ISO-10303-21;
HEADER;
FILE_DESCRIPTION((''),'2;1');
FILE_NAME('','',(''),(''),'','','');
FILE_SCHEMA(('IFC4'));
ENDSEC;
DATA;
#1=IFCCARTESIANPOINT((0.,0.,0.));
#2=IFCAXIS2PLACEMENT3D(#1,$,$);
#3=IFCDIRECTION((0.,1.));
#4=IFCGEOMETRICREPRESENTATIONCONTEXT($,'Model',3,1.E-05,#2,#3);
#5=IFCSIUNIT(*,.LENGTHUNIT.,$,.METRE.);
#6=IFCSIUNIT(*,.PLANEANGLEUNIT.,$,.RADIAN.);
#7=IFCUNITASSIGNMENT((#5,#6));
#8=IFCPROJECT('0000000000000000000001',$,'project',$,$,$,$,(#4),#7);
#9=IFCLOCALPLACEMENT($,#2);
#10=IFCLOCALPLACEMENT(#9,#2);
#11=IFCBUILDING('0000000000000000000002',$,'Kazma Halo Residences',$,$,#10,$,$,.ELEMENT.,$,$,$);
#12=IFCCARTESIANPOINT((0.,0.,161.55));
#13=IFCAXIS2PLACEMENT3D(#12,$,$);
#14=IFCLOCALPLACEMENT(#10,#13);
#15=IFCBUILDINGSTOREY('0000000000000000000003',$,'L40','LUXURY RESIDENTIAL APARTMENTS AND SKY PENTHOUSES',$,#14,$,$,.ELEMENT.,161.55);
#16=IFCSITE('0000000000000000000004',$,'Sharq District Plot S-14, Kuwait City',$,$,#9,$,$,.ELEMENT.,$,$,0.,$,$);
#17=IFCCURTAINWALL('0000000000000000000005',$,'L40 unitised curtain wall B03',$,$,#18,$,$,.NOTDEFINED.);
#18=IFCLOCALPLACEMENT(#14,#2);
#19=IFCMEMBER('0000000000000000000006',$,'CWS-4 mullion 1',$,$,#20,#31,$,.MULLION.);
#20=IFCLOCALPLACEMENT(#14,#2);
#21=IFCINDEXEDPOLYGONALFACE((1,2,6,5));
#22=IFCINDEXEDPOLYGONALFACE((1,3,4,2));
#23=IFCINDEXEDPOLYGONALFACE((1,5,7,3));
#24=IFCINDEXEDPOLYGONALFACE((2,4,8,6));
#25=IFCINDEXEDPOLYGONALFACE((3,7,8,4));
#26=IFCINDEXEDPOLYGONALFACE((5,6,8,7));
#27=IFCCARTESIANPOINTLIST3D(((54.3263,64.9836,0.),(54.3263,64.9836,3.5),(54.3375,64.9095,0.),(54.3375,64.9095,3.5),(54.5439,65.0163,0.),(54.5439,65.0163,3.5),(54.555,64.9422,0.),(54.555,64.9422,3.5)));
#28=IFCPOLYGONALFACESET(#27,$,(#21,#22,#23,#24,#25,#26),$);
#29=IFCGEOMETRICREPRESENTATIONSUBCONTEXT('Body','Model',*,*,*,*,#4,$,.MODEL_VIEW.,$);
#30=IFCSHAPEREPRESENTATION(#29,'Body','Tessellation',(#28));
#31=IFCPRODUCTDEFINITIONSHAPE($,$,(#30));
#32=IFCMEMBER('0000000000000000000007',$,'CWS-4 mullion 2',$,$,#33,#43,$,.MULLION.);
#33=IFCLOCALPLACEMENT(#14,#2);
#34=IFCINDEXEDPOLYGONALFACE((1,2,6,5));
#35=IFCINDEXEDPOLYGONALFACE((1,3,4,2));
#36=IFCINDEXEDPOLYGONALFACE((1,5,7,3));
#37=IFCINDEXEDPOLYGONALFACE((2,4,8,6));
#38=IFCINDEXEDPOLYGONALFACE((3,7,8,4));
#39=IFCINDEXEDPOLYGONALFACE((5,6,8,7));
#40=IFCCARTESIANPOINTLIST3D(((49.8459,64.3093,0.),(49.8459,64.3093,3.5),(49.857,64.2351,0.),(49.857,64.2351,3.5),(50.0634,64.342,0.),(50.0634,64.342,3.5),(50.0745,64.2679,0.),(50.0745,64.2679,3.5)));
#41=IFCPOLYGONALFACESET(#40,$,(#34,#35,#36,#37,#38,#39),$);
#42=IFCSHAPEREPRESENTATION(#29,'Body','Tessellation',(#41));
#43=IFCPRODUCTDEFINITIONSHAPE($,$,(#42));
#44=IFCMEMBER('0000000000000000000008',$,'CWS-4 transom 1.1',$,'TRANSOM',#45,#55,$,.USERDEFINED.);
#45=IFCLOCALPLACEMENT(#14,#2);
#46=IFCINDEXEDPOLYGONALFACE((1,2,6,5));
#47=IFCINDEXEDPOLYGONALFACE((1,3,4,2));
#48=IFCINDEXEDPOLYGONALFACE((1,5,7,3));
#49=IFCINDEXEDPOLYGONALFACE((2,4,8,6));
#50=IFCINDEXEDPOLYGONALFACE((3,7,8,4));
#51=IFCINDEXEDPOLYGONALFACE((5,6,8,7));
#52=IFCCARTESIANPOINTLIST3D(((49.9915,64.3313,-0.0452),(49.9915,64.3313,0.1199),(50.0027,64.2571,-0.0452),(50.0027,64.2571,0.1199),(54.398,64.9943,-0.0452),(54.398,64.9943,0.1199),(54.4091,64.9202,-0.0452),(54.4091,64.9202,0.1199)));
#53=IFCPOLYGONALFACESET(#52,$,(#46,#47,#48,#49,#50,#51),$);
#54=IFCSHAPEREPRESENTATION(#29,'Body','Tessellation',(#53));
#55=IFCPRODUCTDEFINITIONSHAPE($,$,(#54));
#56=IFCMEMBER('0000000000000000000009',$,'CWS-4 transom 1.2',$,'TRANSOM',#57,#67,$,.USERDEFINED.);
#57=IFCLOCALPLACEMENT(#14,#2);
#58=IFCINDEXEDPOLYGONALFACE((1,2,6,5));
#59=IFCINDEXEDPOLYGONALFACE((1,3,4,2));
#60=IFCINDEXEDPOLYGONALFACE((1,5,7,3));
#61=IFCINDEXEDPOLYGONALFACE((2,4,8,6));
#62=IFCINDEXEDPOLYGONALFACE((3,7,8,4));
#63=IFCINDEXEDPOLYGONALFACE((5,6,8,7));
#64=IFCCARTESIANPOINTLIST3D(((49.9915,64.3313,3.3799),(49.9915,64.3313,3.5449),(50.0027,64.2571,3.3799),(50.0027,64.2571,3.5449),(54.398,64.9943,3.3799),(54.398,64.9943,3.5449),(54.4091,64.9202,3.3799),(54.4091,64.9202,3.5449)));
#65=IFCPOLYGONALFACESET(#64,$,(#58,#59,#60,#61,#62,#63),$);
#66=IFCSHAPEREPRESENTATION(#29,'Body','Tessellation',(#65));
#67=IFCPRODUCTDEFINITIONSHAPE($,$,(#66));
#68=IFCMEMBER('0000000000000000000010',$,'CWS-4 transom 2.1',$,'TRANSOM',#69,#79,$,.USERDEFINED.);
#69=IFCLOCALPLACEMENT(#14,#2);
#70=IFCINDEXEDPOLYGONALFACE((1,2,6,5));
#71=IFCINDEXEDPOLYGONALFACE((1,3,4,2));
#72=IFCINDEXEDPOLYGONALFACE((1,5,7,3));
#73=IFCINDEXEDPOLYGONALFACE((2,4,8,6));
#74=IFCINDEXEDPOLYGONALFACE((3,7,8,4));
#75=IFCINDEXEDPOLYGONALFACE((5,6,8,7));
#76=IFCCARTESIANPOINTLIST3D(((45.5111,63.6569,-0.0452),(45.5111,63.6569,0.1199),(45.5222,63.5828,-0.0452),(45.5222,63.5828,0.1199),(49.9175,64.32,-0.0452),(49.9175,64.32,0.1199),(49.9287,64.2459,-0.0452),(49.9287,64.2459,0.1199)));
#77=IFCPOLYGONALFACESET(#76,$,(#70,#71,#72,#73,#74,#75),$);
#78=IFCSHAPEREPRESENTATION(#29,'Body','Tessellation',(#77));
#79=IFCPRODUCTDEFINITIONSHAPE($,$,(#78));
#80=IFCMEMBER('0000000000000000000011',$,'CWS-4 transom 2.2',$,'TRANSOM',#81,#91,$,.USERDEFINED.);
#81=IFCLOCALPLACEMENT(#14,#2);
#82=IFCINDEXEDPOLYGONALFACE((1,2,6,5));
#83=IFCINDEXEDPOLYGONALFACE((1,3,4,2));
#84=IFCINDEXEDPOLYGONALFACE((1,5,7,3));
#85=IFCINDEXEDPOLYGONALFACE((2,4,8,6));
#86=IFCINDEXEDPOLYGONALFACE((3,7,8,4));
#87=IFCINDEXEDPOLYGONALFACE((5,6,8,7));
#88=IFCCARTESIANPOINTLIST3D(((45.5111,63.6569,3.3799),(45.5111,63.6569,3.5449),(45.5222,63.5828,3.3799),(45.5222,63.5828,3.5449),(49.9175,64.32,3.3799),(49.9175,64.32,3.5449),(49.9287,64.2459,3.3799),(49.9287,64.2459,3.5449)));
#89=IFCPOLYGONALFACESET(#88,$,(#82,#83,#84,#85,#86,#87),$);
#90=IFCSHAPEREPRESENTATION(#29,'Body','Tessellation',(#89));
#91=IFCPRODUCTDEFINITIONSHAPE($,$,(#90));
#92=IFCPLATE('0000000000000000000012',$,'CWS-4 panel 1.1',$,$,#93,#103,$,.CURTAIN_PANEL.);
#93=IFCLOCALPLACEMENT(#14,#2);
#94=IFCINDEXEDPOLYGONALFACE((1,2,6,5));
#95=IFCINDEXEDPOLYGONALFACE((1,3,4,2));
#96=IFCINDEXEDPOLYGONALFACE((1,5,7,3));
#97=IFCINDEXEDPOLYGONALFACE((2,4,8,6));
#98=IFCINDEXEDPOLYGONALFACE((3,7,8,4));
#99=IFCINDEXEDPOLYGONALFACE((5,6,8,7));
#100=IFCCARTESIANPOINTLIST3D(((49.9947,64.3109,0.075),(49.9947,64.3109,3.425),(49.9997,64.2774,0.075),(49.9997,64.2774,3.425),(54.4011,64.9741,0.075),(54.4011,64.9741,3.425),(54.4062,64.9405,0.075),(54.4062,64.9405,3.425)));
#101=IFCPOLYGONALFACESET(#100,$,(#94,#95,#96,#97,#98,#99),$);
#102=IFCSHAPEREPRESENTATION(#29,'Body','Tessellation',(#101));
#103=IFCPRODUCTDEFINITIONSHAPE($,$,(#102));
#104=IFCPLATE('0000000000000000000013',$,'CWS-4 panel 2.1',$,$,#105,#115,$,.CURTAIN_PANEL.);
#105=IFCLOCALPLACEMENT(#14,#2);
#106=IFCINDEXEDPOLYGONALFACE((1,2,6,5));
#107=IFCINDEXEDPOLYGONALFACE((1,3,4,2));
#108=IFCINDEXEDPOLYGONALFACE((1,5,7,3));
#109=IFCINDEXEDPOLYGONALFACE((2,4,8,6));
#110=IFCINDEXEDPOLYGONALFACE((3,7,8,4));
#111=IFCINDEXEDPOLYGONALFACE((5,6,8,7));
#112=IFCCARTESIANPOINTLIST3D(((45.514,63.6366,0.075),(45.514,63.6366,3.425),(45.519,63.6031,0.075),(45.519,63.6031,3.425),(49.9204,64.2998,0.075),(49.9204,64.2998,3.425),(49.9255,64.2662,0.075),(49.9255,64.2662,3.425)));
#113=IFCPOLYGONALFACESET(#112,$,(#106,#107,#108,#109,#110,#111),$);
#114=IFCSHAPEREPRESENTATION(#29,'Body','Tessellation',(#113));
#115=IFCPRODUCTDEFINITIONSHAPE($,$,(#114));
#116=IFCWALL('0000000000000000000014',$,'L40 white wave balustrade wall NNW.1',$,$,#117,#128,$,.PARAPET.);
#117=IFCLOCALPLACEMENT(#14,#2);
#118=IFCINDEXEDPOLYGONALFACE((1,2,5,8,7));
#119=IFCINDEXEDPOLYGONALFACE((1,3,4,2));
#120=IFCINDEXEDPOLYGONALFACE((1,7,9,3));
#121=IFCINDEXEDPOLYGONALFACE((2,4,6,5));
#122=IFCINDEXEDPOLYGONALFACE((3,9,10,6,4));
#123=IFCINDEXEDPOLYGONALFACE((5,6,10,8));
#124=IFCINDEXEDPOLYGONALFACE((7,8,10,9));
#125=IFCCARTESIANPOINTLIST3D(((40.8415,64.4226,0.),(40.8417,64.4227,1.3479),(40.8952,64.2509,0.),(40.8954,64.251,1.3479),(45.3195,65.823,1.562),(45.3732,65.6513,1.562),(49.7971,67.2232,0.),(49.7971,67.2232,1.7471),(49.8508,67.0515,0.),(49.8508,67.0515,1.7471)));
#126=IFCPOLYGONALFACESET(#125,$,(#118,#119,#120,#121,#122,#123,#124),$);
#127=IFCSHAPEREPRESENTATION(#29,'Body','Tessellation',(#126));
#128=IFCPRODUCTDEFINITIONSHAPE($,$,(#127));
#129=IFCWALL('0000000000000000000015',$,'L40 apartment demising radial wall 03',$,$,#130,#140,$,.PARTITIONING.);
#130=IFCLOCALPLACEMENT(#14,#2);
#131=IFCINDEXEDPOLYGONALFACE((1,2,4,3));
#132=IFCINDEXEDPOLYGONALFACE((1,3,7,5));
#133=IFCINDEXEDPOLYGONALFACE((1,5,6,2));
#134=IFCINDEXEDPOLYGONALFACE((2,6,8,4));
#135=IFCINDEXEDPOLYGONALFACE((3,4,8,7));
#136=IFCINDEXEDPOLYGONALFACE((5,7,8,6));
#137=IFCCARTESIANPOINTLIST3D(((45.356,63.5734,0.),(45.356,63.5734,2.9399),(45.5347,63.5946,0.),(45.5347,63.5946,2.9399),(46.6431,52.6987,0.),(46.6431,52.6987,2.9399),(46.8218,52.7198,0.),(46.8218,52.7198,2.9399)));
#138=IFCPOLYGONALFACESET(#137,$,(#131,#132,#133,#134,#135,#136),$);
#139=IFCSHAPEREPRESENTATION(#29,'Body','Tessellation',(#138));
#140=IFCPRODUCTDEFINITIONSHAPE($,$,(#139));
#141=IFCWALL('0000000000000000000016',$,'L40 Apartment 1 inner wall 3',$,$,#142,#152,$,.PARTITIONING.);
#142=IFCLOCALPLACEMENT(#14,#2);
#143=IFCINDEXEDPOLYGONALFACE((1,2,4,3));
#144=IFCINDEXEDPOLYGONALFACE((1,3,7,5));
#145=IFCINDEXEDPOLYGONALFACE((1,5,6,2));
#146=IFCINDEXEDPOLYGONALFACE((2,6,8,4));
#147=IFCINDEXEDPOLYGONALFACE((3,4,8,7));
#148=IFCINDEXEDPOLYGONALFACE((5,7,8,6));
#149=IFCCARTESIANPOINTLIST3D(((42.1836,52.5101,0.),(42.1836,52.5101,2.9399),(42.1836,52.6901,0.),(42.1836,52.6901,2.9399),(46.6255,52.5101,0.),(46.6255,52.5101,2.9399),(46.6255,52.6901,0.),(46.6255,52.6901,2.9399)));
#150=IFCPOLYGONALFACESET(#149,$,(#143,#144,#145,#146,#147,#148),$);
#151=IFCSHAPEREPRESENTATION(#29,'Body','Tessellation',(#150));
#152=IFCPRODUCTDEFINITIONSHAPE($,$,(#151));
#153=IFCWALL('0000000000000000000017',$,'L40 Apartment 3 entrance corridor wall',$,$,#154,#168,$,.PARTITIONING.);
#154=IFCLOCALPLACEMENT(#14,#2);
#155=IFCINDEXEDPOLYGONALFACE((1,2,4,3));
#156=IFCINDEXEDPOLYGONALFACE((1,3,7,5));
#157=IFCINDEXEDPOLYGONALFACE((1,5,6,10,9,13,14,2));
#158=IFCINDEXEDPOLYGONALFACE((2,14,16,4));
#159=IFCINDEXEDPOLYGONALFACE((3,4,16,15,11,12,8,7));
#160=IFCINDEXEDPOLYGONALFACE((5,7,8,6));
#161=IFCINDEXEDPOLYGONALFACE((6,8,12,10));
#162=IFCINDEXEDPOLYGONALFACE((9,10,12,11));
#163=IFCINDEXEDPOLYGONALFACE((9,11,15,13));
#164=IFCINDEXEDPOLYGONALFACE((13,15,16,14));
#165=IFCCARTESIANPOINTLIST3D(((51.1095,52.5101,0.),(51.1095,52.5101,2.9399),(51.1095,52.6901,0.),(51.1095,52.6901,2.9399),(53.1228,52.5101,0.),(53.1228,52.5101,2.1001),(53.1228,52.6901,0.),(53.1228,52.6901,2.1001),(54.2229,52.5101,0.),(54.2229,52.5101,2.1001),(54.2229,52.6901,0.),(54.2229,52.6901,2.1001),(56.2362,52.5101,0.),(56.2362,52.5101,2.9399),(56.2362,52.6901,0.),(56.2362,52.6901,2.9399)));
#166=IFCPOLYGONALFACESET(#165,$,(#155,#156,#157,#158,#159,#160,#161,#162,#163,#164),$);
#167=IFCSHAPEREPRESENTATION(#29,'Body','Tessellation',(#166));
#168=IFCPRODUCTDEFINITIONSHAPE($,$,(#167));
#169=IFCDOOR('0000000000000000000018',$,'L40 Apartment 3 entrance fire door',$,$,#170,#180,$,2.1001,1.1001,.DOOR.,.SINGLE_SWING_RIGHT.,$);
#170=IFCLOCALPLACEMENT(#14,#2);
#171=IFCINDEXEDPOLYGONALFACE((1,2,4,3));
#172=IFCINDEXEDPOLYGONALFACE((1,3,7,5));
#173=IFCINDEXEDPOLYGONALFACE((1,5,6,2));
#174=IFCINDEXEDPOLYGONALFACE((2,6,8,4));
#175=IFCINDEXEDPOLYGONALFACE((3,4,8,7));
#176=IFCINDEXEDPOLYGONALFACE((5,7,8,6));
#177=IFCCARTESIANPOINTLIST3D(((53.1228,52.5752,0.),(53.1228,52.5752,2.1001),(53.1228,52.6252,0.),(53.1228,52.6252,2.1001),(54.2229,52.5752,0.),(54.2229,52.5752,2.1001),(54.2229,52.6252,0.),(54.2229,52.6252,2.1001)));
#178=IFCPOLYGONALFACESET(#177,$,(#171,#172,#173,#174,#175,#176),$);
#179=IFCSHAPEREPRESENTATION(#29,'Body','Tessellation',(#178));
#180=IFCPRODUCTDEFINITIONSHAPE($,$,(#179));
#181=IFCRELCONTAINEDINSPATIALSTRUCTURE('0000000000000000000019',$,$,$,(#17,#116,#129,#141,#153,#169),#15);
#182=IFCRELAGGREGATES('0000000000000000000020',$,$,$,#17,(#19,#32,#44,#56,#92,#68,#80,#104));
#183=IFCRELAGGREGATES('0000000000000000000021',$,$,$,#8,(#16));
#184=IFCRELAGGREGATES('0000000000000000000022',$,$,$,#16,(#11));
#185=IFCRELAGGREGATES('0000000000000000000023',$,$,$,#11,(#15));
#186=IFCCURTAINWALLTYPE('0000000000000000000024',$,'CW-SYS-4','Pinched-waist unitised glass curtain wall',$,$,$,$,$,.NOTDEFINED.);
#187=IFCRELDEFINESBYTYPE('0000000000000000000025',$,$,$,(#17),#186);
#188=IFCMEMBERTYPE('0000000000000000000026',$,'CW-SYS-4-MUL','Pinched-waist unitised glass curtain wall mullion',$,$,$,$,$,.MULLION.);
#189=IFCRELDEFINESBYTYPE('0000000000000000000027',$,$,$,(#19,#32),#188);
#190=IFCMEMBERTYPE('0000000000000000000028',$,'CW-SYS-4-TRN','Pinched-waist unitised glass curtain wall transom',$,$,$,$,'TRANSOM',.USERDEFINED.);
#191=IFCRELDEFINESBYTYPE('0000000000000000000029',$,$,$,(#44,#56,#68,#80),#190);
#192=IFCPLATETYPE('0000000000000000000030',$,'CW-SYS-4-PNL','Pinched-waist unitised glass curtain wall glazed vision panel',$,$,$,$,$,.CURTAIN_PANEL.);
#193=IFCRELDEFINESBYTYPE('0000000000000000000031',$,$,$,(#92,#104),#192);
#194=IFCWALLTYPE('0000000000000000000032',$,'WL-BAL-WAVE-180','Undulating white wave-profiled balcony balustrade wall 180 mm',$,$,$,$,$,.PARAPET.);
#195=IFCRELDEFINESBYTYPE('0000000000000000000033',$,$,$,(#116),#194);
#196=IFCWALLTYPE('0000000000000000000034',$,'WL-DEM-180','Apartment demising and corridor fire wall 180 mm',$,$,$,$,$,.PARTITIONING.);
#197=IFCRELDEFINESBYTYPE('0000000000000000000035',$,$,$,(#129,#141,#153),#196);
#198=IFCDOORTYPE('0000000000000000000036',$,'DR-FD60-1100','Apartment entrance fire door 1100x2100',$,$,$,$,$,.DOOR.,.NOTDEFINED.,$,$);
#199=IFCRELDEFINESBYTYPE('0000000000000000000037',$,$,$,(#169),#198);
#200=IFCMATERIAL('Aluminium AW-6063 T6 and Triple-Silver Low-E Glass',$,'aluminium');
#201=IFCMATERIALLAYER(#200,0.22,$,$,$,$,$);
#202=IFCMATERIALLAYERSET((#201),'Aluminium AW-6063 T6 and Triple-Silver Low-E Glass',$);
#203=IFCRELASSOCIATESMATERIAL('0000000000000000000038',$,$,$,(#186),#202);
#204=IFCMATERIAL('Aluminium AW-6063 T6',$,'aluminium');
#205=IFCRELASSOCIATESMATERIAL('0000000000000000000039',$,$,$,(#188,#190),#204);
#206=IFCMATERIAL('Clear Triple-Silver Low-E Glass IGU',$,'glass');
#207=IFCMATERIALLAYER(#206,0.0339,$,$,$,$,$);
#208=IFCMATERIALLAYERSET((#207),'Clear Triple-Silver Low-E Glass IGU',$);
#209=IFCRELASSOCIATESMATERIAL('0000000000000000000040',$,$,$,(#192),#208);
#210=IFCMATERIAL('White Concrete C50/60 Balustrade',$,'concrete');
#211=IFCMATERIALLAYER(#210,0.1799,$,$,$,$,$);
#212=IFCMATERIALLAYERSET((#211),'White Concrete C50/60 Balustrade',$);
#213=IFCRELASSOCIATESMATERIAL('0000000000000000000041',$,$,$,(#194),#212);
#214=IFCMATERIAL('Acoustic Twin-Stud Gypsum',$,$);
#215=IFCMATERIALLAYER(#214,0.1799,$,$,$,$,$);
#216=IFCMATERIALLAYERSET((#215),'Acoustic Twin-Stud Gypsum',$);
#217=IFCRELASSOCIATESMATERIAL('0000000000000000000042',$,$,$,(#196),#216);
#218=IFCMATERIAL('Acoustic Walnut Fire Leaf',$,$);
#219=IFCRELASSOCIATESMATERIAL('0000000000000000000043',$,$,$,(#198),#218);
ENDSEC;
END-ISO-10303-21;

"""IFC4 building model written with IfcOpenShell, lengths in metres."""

from ifc_helpers import new_model, si_unit, direction, frame, frame_2d, origin, origin_2d, place, context, subcontext, project, spatial, polyline, rectangle, outline, extrude, material, layer, layer_set, material_profile, profile_set, type_object, element, fill, aggregate, save


model = new_model("IFC4")

# Units and contexts
model_context = context("Model", 3, precision=1e-05, world=origin(), true_north=direction((0.0, 1.0)))
body_context = subcontext(model_context, "Body", "Model", "MODEL_VIEW")
ifc_project = project(units=[si_unit("LENGTHUNIT", "METRE"), si_unit("PLANEANGLEUNIT", "RADIAN")], contexts=[model_context])

# Site, building, storey
site_placement = place(None, origin())
site = spatial("IfcSite", under=ifc_project, at=site_placement, Name="Sharq District Plot S-14, Kuwait City", CompositionType="ELEMENT", RefElevation=0.0)
building_placement = place(site_placement, origin())
building = spatial("IfcBuilding", under=site, at=building_placement, Name="Kazma Halo Residences", CompositionType="ELEMENT")
storey_placement = place(building_placement, frame((0.0, 0.0, 161.55)))
storey = spatial("IfcBuildingStorey", under=building, at=storey_placement, Name="L40", Description="LUXURY RESIDENTIAL APARTMENTS AND SKY PENTHOUSES", CompositionType="ELEMENT", Elevation=161.55)

# Curtain wall, members, plates
ifc_material_1 = material(Name="Aluminium AW-6063 T6 and Triple-Silver Low-E Glass", Category="aluminium")
ifc_layer_1 = layer(ifc_material_1, 0.22)
ifc_layer_set_1 = layer_set([ifc_layer_1], Name="Aluminium AW-6063 T6 and Triple-Silver Low-E Glass")
curtain_wall_type = type_object("IfcCurtainWallType", Name="CW-SYS-4", Description="Pinched-waist unitised glass curtain wall", PredefinedType="NOTDEFINED", material=ifc_layer_set_1)
curtain_wall_placement = place(storey_placement, origin())
curtain_wall = element("IfcCurtainWall", 1, at=curtain_wall_placement, inside=storey, type_object=curtain_wall_type, Name="L40 unitised curtain wall B03", PredefinedType="NOTDEFINED")
ifc_material_2 = material(Name="Aluminium AW-6063 T6", Category="aluminium")
ifc_material_profile_1 = material_profile(ifc_material_2, rectangle(XDim=0.075, YDim=0.22, at=origin_2d()), Name="CWM-75x220")
ifc_profile_set_1 = profile_set([ifc_material_profile_1], Name="Aluminium AW-6063 T6")
member_type_1 = type_object("IfcMemberType", Name="CW-SYS-4-MUL", Description="Pinched-waist unitised glass curtain wall mullion", PredefinedType="MULLION", material=ifc_profile_set_1)
member_1_placement = place(storey_placement, frame((54.4407, 64.9629, 0.0), z_axis=(0.0, 0.0, 1.0), x_axis=(0.148821, -0.988864, 0.0)))
member_1 = element("IfcMember", 2, at=member_1_placement, type_object=member_type_1, Name="CWS-4 mullion 1", PredefinedType="MULLION", context=body_context, shape_type="SweptSolid", body=[
    extrude(rectangle(XDim=0.075, YDim=0.22, at=origin_2d()), origin(), (0.0, 0.0, 1.0), 3.5),
])
member_2_placement = place(storey_placement, frame((49.9602, 64.2886, 0.0), z_axis=(0.0, 0.0, 1.0), x_axis=(0.148821, -0.988864, 0.0)))
member_2 = element("IfcMember", 3, at=member_2_placement, type_object=member_type_1, Name="CWS-4 mullion 2", PredefinedType="MULLION", context=body_context, shape_type="SweptSolid", body=[
    extrude(rectangle(XDim=0.075, YDim=0.22, at=origin_2d()), origin(), (0.0, 0.0, 1.0), 3.5),
])
ifc_material_profile_2 = material_profile(ifc_material_2, rectangle(XDim=0.075, YDim=0.165, at=origin_2d()), Name="CWT-75x165")
ifc_profile_set_2 = profile_set([ifc_material_profile_2], Name="Aluminium AW-6063 T6")
member_type_2 = type_object("IfcMemberType", Name="CW-SYS-4-TRN", Description="Pinched-waist unitised glass curtain wall transom", ElementType="TRANSOM", PredefinedType="USERDEFINED", material=ifc_profile_set_2)
member_3_placement = place(storey_placement, frame((54.4036, 64.9573, 0.0374), z_axis=(-0.988867, -0.148804, 0.0), x_axis=(0.148804, -0.988867, 0.0)))
member_3 = element("IfcMember", 4, at=member_3_placement, type_object=member_type_2, Name="CWS-4 transom 1.1", ObjectType="TRANSOM", PredefinedType="USERDEFINED", context=body_context, shape_type="SweptSolid", body=[
    extrude(rectangle(XDim=0.075, YDim=0.165, at=origin_2d()), origin(), (0.0, 0.0, 1.0), 4.4561),
])
member_4_placement = place(storey_placement, frame((54.4036, 64.9573, 3.4624), z_axis=(-0.988867, -0.148804, 0.0), x_axis=(0.148804, -0.988867, 0.0)))
member_4 = element("IfcMember", 5, at=member_4_placement, type_object=member_type_2, Name="CWS-4 transom 1.2", ObjectType="TRANSOM", PredefinedType="USERDEFINED", context=body_context, shape_type="SweptSolid", body=[
    extrude(rectangle(XDim=0.075, YDim=0.165, at=origin_2d()), origin(), (0.0, 0.0, 1.0), 4.4561),
])
member_5_placement = place(storey_placement, frame((49.9231, 64.283, 0.0374), z_axis=(-0.988867, -0.148804, 0.0), x_axis=(0.148804, -0.988867, 0.0)))
member_5 = element("IfcMember", 6, at=member_5_placement, type_object=member_type_2, Name="CWS-4 transom 2.1", ObjectType="TRANSOM", PredefinedType="USERDEFINED", context=body_context, shape_type="SweptSolid", body=[
    extrude(rectangle(XDim=0.075, YDim=0.165, at=origin_2d()), origin(), (0.0, 0.0, 1.0), 4.4561),
])
member_6_placement = place(storey_placement, frame((49.9231, 64.283, 3.4624), z_axis=(-0.988867, -0.148804, 0.0), x_axis=(0.148804, -0.988867, 0.0)))
member_6 = element("IfcMember", 7, at=member_6_placement, type_object=member_type_2, Name="CWS-4 transom 2.2", ObjectType="TRANSOM", PredefinedType="USERDEFINED", context=body_context, shape_type="SweptSolid", body=[
    extrude(rectangle(XDim=0.075, YDim=0.165, at=origin_2d()), origin(), (0.0, 0.0, 1.0), 4.4561),
])
ifc_material_3 = material(Name="Clear Triple-Silver Low-E Glass IGU", Category="glass")
ifc_layer_2 = layer(ifc_material_3, 0.0339)
ifc_layer_set_2 = layer_set([ifc_layer_2], Name="Clear Triple-Silver Low-E Glass IGU")
plate_type = type_object("IfcPlateType", Name="CW-SYS-4-PNL", Description="Pinched-waist unitised glass curtain wall glazed vision panel", PredefinedType="CURTAIN_PANEL", material=ifc_layer_set_2)
plate_1_placement = place(storey_placement, frame((52.2004, 64.6257, 0.075), z_axis=(0.0, 0.0, 1.0), x_axis=(-0.988864, -0.148821, 0.0)))
plate_1 = element("IfcPlate", 8, at=plate_1_placement, type_object=plate_type, Name="CWS-4 panel 1.1", PredefinedType="CURTAIN_PANEL", context=body_context, shape_type="SweptSolid", body=[
    extrude(rectangle(XDim=4.4561, YDim=0.0339, at=origin_2d()), origin(), (0.0, 0.0, 1.0), 3.3501),
])
plate_2_placement = place(storey_placement, frame((47.7197, 63.9514, 0.075), z_axis=(0.0, 0.0, 1.0), x_axis=(-0.988864, -0.148821, 0.0)))
plate_2 = element("IfcPlate", 9, at=plate_2_placement, type_object=plate_type, Name="CWS-4 panel 2.1", PredefinedType="CURTAIN_PANEL", context=body_context, shape_type="SweptSolid", body=[
    extrude(rectangle(XDim=4.4561, YDim=0.0339, at=origin_2d()), origin(), (0.0, 0.0, 1.0), 3.3501),
])
aggregate(curtain_wall, [member_1, member_2, member_3, member_4, plate_1, member_5, member_6, plate_2])

# Walls
ifc_material_4 = material(Name="White Concrete C50/60 Balustrade", Category="concrete")
ifc_layer_3 = layer(ifc_material_4, 0.1799)
ifc_layer_set_3 = layer_set([ifc_layer_3], Name="White Concrete C50/60 Balustrade")
wall_type_1 = type_object("IfcWallType", Name="WL-BAL-WAVE-180", Description="Undulating white wave-profiled balcony balustrade wall 180 mm", PredefinedType="PARAPET", material=ifc_layer_set_3)
wall_1_placement = place(storey_placement, frame((49.824, 67.1372, 0.0), z_axis=(0.0, 0.0, 1.0), x_axis=(-0.954422, -0.298462, 0.0)))
element("IfcWall", 10, at=wall_1_placement, inside=storey, type_object=wall_type_1, Name="L40 white wave balustrade wall NNW.1", PredefinedType="PARAPET", context=body_context, shape_type="SweptSolid", body=[
    extrude(outline(polyline([(0.0, 0.0), (9.3833, 0.0), (9.3831, 1.3479), (4.6914, 1.562), (0.0, 1.7471), (0.0, 0.0)])), frame((0.0, 0.0898, 0.0), z_axis=(0.0, -1.0, 0.0), x_axis=(1.0, 0.0, 0.0)), (0.0, 0.0, 1.0), 0.1799),
])
ifc_material_5 = material(Name="Acoustic Twin-Stud Gypsum")
ifc_layer_4 = layer(ifc_material_5, 0.1799)
ifc_layer_set_4 = layer_set([ifc_layer_4], Name="Acoustic Twin-Stud Gypsum")
wall_type_2 = type_object("IfcWallType", Name="WL-DEM-180", Description="Apartment demising and corridor fire wall 180 mm", PredefinedType="PARTITIONING", material=ifc_layer_set_4)
wall_2_placement = place(storey_placement, frame((46.7324, 52.7092, 0.0), z_axis=(0.0, 0.0, 1.0), x_axis=(-0.117537, 0.993068, 0.0)))
element("IfcWall", 11, at=wall_2_placement, inside=storey, type_object=wall_type_2, Name="L40 apartment demising radial wall 03", PredefinedType="PARTITIONING", context=body_context, shape_type="SweptSolid", body=[
    extrude(rectangle(XDim=10.9507, YDim=0.1799, at=frame_2d((5.4753, 0.0))), origin(), (0.0, 0.0, 1.0), 2.9399),
])
wall_3_placement = place(storey_placement, frame((46.6255, 52.6001, 0.0), z_axis=(0.0, 0.0, 1.0), x_axis=(-1.0, 0.0, 0.0)))
element("IfcWall", 12, at=wall_3_placement, inside=storey, type_object=wall_type_2, Name="L40 Apartment 1 inner wall 3", PredefinedType="PARTITIONING", context=body_context, shape_type="SweptSolid", body=[
    extrude(rectangle(XDim=4.4419, YDim=0.1799, at=frame_2d((2.2209, 0.0))), origin(), (0.0, 0.0, 1.0), 2.9399),
])

# Wall, opening, door
wall_4_placement = place(storey_placement, frame((56.2363, 52.6001, 0.0), z_axis=(0.0, 0.0, 1.0), x_axis=(-1.0, 0.0, 0.0)))
wall_4 = element("IfcWall", 13, at=wall_4_placement, inside=storey, type_object=wall_type_2, Name="L40 Apartment 3 entrance corridor wall", PredefinedType="PARTITIONING", context=body_context, shape_type="SweptSolid", body=[
    extrude(rectangle(XDim=5.1267, YDim=0.1799, at=frame_2d((2.5635, 0.0))), origin(), (0.0, 0.0, 1.0), 2.9399),
])
opening_1_placement = place(wall_4_placement, frame((2.0134, 0.0, 0.0)))
opening_1 = element("IfcOpeningElement", 14, at=opening_1_placement, cuts=wall_4, PredefinedType="OPENING", context=body_context, shape_type="SweptSolid", body=[
    extrude(rectangle(XDim=1.1001, YDim=2.1001, at=frame_2d((0.55, 1.05))), frame((0.0, 0.0999, 0.0), z_axis=(0.0, -1.0, 0.0), x_axis=(1.0, 0.0, 0.0)), (0.0, 0.0, 1.0), 0.2),
])
ifc_material_6 = material(Name="Acoustic Walnut Fire Leaf")
door_type_1 = type_object("IfcDoorType", Name="DR-FD60-1100", Description="Apartment entrance fire door 1100x2100", OperationType="NOTDEFINED", PredefinedType="DOOR", material=ifc_material_6)
door_1_placement = place(opening_1_placement, origin())
door_1 = element("IfcDoor", 15, at=door_1_placement, inside=storey, type_object=door_type_1, Name="L40 Apartment 3 entrance fire door", OperationType="SINGLE_SWING_RIGHT", OverallHeight=2.1001, OverallWidth=1.1001, PredefinedType="DOOR", context=body_context, shape_type="SweptSolid", body=[
    extrude(rectangle(XDim=1.1001, YDim=2.1001, at=frame_2d((0.55, 1.05))), frame((0.0, 0.0249, 0.0), z_axis=(0.0, -1.0, 0.0), x_axis=(1.0, 0.0, 0.0)), (0.0, 0.0, 1.0), 0.05),
])
fill(opening_1, door_1)

save(model, "model.ifc")
